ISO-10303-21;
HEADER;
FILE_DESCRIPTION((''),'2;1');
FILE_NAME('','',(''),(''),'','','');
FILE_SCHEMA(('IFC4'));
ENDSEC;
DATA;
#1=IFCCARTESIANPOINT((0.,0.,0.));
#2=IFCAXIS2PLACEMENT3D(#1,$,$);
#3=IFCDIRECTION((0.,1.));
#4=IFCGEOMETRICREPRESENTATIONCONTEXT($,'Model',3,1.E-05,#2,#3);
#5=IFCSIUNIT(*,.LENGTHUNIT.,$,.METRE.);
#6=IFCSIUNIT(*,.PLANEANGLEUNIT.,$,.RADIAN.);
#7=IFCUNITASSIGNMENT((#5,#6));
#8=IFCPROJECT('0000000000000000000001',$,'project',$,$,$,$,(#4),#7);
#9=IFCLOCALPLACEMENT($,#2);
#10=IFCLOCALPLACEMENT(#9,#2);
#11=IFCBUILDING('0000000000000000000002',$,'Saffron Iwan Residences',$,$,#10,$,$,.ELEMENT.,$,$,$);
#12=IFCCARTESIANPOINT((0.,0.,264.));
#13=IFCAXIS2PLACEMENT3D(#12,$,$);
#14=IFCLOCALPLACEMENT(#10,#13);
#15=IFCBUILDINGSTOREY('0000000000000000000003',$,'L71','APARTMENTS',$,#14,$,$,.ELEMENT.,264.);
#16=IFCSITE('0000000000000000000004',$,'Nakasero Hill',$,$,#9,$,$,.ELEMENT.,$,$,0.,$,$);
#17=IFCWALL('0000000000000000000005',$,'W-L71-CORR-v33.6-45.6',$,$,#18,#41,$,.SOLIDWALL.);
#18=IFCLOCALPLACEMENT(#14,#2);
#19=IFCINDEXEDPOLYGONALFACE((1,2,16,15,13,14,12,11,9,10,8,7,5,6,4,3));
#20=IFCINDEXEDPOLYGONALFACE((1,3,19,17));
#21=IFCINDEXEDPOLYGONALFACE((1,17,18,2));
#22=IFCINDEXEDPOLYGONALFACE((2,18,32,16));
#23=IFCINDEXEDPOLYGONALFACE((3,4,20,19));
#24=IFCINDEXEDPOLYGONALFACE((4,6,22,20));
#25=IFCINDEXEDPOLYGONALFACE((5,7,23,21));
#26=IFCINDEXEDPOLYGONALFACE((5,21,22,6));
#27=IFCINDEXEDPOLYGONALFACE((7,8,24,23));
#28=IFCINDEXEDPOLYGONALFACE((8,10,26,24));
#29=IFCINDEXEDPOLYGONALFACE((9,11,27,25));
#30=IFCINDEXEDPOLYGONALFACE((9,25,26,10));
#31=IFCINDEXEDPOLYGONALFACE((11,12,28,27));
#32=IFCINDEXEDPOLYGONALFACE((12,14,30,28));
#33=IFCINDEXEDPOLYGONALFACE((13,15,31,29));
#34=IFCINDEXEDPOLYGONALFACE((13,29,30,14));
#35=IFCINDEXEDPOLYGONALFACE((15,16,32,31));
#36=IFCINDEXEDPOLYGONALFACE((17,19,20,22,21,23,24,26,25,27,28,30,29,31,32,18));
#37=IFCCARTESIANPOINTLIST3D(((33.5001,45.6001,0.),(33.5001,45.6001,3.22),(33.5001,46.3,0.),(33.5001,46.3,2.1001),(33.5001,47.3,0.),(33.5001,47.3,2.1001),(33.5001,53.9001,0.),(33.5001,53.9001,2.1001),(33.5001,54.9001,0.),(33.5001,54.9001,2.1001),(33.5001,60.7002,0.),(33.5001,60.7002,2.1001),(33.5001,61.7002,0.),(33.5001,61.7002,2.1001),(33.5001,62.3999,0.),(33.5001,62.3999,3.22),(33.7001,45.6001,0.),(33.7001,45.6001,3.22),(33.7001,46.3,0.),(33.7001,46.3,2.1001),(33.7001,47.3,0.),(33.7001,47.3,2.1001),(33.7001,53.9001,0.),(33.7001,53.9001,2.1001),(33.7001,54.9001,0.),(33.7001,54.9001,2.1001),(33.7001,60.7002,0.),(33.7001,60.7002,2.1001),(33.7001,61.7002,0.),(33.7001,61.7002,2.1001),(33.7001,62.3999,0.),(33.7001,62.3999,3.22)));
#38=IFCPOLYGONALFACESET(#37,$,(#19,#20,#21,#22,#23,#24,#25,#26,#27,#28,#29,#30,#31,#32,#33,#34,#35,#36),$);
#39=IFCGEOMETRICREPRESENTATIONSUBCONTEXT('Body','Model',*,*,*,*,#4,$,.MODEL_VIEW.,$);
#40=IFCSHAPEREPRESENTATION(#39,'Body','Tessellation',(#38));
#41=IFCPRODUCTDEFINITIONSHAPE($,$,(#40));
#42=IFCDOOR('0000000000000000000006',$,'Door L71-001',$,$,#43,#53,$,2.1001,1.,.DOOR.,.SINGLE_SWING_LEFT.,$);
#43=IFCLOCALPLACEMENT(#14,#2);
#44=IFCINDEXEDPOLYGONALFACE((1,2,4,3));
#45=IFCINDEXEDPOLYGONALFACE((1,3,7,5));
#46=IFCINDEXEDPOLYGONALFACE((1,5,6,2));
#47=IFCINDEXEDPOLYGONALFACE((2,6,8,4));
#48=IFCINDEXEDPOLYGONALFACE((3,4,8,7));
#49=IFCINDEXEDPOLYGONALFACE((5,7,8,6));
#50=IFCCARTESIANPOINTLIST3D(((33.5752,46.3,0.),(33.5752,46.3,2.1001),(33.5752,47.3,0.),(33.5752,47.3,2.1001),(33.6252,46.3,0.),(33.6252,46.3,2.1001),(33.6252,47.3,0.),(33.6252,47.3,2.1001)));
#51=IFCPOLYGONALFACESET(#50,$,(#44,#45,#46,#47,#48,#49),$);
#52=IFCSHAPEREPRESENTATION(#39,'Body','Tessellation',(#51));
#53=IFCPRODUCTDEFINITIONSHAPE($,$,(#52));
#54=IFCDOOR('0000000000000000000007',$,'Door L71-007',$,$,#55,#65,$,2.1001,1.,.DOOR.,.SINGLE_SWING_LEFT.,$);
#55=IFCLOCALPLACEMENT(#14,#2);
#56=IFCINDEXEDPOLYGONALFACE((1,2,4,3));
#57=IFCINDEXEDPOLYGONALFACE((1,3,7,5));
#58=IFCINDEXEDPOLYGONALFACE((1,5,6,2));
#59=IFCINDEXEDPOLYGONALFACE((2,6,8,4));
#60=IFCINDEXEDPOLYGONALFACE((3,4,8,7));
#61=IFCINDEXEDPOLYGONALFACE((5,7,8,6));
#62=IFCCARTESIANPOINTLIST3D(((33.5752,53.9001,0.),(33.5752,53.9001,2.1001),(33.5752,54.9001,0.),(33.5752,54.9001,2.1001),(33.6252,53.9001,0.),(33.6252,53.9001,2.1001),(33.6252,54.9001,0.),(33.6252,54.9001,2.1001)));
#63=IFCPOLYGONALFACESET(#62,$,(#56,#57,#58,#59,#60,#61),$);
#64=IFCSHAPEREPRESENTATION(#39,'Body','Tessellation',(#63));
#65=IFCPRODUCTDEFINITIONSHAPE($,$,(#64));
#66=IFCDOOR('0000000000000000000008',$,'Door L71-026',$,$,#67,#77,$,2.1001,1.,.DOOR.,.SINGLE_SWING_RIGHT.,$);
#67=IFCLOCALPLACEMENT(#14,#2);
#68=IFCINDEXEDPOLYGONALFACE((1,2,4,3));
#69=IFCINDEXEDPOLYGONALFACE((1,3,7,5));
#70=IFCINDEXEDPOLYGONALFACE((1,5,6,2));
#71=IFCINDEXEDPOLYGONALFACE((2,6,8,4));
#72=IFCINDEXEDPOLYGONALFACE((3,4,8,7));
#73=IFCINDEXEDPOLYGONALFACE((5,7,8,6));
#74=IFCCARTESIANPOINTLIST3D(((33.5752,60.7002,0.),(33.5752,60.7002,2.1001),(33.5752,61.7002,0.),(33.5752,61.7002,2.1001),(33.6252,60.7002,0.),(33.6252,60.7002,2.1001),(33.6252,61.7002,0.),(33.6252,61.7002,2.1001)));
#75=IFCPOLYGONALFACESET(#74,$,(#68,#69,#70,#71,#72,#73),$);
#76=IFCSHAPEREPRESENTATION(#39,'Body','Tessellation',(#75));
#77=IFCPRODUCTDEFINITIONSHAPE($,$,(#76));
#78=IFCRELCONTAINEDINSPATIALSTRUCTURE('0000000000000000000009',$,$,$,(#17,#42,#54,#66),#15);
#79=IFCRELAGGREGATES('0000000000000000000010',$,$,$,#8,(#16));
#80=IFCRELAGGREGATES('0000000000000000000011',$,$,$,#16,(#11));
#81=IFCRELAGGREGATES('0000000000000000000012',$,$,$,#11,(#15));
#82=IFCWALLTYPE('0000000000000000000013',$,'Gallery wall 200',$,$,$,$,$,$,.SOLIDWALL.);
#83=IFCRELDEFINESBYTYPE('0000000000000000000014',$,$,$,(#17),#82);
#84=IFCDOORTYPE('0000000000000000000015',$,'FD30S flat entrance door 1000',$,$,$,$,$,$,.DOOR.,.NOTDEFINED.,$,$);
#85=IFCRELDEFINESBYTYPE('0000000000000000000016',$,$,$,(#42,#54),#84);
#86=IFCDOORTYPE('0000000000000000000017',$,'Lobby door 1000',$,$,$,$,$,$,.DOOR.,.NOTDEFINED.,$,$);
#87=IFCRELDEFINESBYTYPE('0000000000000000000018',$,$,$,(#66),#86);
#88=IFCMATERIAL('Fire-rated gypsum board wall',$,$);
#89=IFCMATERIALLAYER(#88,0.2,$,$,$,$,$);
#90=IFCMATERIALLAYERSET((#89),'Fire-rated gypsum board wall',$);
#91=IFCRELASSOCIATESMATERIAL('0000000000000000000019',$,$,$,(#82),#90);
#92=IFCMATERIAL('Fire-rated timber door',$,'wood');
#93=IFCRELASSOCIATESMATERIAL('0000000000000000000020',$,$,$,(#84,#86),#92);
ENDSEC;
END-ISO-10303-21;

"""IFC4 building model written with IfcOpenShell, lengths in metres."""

from ifc_helpers import new_model, si_unit, direction, frame, frame_2d, origin, place, context, subcontext, project, spatial, rectangle, extrude, material, layer, layer_set, type_object, element, fill, save


model = new_model("IFC4")

# Units and contexts
model_context = context("Model", 3, precision=1e-05, world=origin(), true_north=direction((0.0, 1.0)))
body_context = subcontext(model_context, "Body", "Model", "MODEL_VIEW")
ifc_project = project(units=[si_unit("LENGTHUNIT", "METRE"), si_unit("PLANEANGLEUNIT", "RADIAN")], contexts=[model_context])

# Site, building, storey
site_placement = place(None, origin())
site = spatial("IfcSite", under=ifc_project, at=site_placement, Name="Nakasero Hill", CompositionType="ELEMENT", RefElevation=0.0)
building_placement = place(site_placement, origin())
building = spatial("IfcBuilding", under=site, at=building_placement, Name="Saffron Iwan Residences", CompositionType="ELEMENT")
storey_placement = place(building_placement, frame((0.0, 0.0, 264.0)))
storey = spatial("IfcBuildingStorey", under=building, at=storey_placement, Name="L71", Description="APARTMENTS", CompositionType="ELEMENT", Elevation=264.0)

# Shared definitions
ifc_material_1 = material(Name="Fire-rated gypsum board wall")
ifc_layer_1 = layer(ifc_material_1, 0.2)
ifc_layer_set_1 = layer_set([ifc_layer_1], Name="Fire-rated gypsum board wall")
wall_type_1 = type_object("IfcWallType", Name="Gallery wall 200", PredefinedType="SOLIDWALL", material=ifc_layer_set_1)

# Wall, openings, doors
wall_1_placement = place(storey_placement, frame((33.6001, 45.6001, 0.0), z_axis=(0.0, 0.0, 1.0), x_axis=(0.0, 1.0, 0.0)))
wall_1 = element("IfcWall", 1, at=wall_1_placement, inside=storey, type_object=wall_type_1, Name="W-L71-CORR-v33.6-45.6", PredefinedType="SOLIDWALL", context=body_context, shape_type="SweptSolid", body=[
    extrude(rectangle(XDim=16.7998, YDim=0.2, at=frame_2d((8.3999, 0.0))), origin(), (0.0, 0.0, 1.0), 3.22),
])
opening_1_placement = place(wall_1_placement, frame((0.7, 0.0, 0.0)))
opening_1 = element("IfcOpeningElement", 2, at=opening_1_placement, cuts=wall_1, PredefinedType="OPENING", context=body_context, shape_type="SweptSolid", body=[
    extrude(rectangle(XDim=1.0, YDim=2.1001, at=frame_2d((0.5, 1.05))), frame((0.0, 0.1099, 0.0), z_axis=(0.0, -1.0, 0.0), x_axis=(1.0, 0.0, 0.0)), (0.0, 0.0, 1.0), 0.22),
])
opening_2_placement = place(wall_1_placement, frame((8.3, 0.0, 0.0)))
opening_2 = element("IfcOpeningElement", 3, at=opening_2_placement, cuts=wall_1, PredefinedType="OPENING", context=body_context, shape_type="SweptSolid", body=[
    extrude(rectangle(XDim=1.0, YDim=2.1001, at=frame_2d((0.5, 1.05))), frame((0.0, 0.1099, 0.0), z_axis=(0.0, -1.0, 0.0), x_axis=(1.0, 0.0, 0.0)), (0.0, 0.0, 1.0), 0.22),
])
opening_3_placement = place(wall_1_placement, frame((15.1001, 0.0, 0.0)))
opening_3 = element("IfcOpeningElement", 4, at=opening_3_placement, cuts=wall_1, PredefinedType="OPENING", context=body_context, shape_type="SweptSolid", body=[
    extrude(rectangle(XDim=1.0, YDim=2.1001, at=frame_2d((0.5, 1.05))), frame((0.0, 0.1099, 0.0), z_axis=(0.0, -1.0, 0.0), x_axis=(1.0, 0.0, 0.0)), (0.0, 0.0, 1.0), 0.22),
])
ifc_material_2 = material(Name="Fire-rated timber door", Category="wood")
door_type_1 = type_object("IfcDoorType", Name="FD30S flat entrance door 1000", OperationType="NOTDEFINED", PredefinedType="DOOR", material=ifc_material_2)
door_1_placement = place(opening_1_placement, origin())
door_1 = element("IfcDoor", 5, at=door_1_placement, inside=storey, type_object=door_type_1, Name="Door L71-001", OperationType="SINGLE_SWING_LEFT", OverallHeight=2.1001, OverallWidth=1.0, PredefinedType="DOOR", context=body_context, shape_type="SweptSolid", body=[
    extrude(rectangle(XDim=1.0, YDim=2.1001, at=frame_2d((0.5, 1.05))), frame((0.0, 0.0249, 0.0), z_axis=(0.0, -1.0, 0.0), x_axis=(1.0, 0.0, 0.0)), (0.0, 0.0, 1.0), 0.05),
])
fill(opening_1, door_1)
door_2_placement = place(opening_2_placement, origin())
door_2 = element("IfcDoor", 6, at=door_2_placement, inside=storey, type_object=door_type_1, Name="Door L71-007", OperationType="SINGLE_SWING_LEFT", OverallHeight=2.1001, OverallWidth=1.0, PredefinedType="DOOR", context=body_context, shape_type="SweptSolid", body=[
    extrude(rectangle(XDim=1.0, YDim=2.1001, at=frame_2d((0.5, 1.05))), frame((0.0, 0.0249, 0.0), z_axis=(0.0, -1.0, 0.0), x_axis=(1.0, 0.0, 0.0)), (0.0, 0.0, 1.0), 0.05),
])
fill(opening_2, door_2)
door_type_2 = type_object("IfcDoorType", Name="Lobby door 1000", OperationType="NOTDEFINED", PredefinedType="DOOR", material=ifc_material_2)
door_3_placement = place(opening_3_placement, origin())
door_3 = element("IfcDoor", 7, at=door_3_placement, inside=storey, type_object=door_type_2, Name="Door L71-026", OperationType="SINGLE_SWING_RIGHT", OverallHeight=2.1001, OverallWidth=1.0, PredefinedType="DOOR", context=body_context, shape_type="SweptSolid", body=[
    extrude(rectangle(XDim=1.0, YDim=2.1001, at=frame_2d((0.5, 1.05))), frame((0.0, 0.0249, 0.0), z_axis=(0.0, -1.0, 0.0), x_axis=(1.0, 0.0, 0.0)), (0.0, 0.0, 1.0), 0.05),
])
fill(opening_3, door_3)

save(model, "model.ifc")
